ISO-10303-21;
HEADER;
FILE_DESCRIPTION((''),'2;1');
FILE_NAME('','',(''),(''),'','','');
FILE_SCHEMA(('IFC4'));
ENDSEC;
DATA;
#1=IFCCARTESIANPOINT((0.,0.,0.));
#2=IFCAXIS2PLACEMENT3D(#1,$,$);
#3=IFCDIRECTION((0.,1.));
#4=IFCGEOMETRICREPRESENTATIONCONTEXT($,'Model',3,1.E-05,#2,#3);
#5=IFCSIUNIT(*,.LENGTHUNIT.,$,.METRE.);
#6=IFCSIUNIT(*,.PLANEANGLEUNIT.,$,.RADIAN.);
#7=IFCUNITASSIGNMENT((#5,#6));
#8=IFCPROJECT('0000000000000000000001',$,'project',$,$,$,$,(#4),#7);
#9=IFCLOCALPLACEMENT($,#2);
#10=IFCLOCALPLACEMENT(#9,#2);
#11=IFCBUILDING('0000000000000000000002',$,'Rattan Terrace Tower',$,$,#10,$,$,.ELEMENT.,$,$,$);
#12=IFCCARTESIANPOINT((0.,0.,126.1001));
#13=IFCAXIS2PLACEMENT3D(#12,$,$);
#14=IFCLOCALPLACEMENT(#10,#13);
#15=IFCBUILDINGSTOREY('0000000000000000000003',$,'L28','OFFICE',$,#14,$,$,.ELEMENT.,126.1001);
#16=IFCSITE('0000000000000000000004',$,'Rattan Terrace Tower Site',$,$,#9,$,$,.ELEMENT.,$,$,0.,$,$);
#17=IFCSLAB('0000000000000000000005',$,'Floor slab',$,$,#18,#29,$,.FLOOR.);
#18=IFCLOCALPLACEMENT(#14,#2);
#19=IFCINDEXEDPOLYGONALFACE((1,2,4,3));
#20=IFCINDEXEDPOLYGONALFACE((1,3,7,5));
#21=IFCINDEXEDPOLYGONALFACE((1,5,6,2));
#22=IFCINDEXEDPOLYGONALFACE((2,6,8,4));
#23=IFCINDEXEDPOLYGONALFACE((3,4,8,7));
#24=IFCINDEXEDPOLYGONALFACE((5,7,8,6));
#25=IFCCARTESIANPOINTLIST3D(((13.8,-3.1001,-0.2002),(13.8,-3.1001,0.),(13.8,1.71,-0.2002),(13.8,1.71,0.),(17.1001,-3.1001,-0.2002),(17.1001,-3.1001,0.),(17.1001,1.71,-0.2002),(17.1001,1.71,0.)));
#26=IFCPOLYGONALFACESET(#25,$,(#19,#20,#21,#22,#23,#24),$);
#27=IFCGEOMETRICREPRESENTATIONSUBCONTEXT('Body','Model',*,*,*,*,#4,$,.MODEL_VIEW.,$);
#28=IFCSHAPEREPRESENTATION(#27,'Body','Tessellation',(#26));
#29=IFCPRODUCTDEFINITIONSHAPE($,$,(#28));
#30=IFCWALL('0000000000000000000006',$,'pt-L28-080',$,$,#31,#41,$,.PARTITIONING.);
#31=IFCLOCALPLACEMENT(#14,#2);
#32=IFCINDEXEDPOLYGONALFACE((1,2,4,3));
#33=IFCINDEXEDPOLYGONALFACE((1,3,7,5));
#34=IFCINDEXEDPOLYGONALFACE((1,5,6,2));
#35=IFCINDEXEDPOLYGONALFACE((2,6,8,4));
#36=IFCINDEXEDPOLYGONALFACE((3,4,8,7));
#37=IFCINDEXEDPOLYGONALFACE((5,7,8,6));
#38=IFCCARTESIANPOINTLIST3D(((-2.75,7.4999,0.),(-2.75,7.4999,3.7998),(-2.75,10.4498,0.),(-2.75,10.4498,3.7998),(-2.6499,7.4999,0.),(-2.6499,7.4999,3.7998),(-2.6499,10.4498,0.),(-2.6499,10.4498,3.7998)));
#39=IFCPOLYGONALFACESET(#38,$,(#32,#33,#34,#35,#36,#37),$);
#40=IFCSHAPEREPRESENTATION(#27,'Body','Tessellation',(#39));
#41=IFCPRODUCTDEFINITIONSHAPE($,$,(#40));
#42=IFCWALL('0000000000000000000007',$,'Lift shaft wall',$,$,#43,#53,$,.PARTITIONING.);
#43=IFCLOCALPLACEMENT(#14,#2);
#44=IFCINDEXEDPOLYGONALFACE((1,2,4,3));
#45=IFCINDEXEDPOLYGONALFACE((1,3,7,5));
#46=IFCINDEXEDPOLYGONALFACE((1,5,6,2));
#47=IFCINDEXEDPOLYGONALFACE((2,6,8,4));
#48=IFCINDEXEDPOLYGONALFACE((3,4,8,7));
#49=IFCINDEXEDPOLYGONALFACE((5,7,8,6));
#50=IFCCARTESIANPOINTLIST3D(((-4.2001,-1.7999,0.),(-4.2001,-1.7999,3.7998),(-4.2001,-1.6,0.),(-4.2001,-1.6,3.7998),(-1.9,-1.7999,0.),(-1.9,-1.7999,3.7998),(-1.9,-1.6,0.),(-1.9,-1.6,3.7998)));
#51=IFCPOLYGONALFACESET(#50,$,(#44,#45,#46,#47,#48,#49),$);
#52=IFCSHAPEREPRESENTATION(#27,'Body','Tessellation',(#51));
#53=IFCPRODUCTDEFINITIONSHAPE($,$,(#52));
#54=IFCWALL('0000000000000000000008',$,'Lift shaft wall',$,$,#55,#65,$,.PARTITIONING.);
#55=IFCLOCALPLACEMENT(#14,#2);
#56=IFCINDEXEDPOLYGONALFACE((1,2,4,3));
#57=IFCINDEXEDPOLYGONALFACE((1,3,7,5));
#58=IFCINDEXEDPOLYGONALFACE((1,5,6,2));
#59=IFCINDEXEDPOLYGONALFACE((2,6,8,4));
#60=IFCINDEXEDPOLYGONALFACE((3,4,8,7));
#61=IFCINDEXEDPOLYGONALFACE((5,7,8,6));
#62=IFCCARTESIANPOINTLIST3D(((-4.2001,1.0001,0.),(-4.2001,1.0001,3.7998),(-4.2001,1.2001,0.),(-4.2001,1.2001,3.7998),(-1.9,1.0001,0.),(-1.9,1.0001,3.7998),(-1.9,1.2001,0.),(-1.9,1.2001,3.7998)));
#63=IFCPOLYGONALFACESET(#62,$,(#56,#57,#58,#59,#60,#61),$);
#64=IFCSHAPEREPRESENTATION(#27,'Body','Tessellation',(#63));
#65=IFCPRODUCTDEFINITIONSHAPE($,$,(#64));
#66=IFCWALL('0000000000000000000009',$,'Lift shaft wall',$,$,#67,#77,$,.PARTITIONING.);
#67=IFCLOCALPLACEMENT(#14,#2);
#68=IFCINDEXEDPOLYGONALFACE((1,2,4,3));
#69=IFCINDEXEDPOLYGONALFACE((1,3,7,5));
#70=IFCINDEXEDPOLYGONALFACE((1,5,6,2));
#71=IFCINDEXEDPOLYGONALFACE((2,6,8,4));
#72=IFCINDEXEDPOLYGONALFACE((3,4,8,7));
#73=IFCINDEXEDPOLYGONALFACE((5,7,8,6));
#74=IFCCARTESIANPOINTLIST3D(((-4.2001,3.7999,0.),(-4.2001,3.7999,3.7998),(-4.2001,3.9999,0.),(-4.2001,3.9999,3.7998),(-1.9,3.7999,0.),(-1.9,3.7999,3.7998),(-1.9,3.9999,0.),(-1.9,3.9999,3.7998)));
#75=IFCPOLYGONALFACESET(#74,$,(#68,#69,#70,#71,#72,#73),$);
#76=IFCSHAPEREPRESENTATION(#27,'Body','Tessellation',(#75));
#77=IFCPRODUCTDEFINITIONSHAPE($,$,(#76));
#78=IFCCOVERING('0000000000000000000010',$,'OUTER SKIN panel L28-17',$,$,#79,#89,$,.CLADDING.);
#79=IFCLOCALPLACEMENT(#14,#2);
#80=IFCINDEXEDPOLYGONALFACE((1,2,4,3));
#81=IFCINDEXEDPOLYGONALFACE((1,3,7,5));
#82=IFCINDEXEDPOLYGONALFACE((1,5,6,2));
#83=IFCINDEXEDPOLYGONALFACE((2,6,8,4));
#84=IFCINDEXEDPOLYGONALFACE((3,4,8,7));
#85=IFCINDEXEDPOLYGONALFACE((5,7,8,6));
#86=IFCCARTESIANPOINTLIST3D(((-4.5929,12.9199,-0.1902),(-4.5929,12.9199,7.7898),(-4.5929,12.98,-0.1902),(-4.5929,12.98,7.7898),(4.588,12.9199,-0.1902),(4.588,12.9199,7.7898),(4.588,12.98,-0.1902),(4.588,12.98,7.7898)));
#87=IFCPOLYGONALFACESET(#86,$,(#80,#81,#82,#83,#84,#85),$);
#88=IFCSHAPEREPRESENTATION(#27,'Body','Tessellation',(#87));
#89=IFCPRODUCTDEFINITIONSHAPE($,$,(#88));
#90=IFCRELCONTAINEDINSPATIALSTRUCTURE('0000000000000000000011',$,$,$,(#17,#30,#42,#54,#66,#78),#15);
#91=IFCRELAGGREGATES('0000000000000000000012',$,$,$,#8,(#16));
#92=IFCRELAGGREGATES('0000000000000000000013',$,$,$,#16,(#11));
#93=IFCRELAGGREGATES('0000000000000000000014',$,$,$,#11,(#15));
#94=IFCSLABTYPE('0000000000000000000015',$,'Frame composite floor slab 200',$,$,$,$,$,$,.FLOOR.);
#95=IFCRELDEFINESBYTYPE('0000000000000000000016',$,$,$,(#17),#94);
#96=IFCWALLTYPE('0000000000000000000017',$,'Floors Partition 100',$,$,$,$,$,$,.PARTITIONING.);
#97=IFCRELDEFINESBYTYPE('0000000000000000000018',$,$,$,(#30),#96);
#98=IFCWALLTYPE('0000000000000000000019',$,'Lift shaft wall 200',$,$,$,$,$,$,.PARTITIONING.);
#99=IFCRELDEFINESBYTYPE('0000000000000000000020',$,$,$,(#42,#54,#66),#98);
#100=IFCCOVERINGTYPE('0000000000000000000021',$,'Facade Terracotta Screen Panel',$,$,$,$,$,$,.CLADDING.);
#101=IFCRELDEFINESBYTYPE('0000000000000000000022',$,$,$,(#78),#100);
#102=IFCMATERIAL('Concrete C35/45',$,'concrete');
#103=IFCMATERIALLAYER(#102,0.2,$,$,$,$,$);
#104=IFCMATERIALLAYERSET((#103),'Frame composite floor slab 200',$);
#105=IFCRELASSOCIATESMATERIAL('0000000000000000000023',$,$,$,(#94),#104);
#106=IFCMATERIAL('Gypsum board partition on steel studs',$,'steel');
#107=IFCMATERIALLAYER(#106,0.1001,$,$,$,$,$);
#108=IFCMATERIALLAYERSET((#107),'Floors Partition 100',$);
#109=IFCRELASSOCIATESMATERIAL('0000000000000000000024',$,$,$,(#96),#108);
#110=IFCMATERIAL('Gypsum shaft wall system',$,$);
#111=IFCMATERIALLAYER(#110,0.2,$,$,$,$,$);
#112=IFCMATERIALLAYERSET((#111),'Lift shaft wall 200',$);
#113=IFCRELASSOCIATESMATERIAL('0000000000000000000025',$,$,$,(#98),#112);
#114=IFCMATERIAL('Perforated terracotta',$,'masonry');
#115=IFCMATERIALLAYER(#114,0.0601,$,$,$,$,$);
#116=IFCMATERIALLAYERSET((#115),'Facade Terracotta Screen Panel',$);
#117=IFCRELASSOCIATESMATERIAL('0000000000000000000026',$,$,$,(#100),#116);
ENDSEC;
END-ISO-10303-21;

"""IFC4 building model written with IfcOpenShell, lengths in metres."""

from ifc_helpers import new_model, si_unit, direction, frame, frame_2d, origin, origin_2d, place, context, subcontext, project, spatial, polyline, rectangle, outline, extrude, material, layer, layer_set, type_object, element, save


model = new_model("IFC4")

# Units and contexts
model_context = context("Model", 3, precision=1e-05, world=origin(), true_north=direction((0.0, 1.0)))
body_context = subcontext(model_context, "Body", "Model", "MODEL_VIEW")
ifc_project = project(units=[si_unit("LENGTHUNIT", "METRE"), si_unit("PLANEANGLEUNIT", "RADIAN")], contexts=[model_context])

# Site, building, storey
site_placement = place(None, origin())
site = spatial("IfcSite", under=ifc_project, at=site_placement, Name="Rattan Terrace Tower Site", CompositionType="ELEMENT", RefElevation=0.0)
building_placement = place(site_placement, origin())
building = spatial("IfcBuilding", under=site, at=building_placement, Name="Rattan Terrace Tower", CompositionType="ELEMENT")
storey_placement = place(building_placement, frame((0.0, 0.0, 126.1001)))
storey = spatial("IfcBuildingStorey", under=building, at=storey_placement, Name="L28", Description="OFFICE", CompositionType="ELEMENT", Elevation=126.1001)

# Slab
ifc_material_1 = material(Name="Concrete C35/45", Category="concrete")
ifc_layer_1 = layer(ifc_material_1, 0.2)
ifc_layer_set_1 = layer_set([ifc_layer_1], Name="Frame composite floor slab 200")
slab_type_1 = type_object("IfcSlabType", Name="Frame composite floor slab 200", PredefinedType="FLOOR", material=ifc_layer_set_1)
slab_1_placement = place(storey_placement, frame((0.0, 0.0, -0.2002)))
element("IfcSlab", 1, at=slab_1_placement, inside=storey, type_object=slab_type_1, Name="Floor slab", PredefinedType="FLOOR", context=body_context, shape_type="SweptSolid", body=[
    extrude(outline(polyline([(13.8, -3.1001), (17.1001, -3.1001), (17.1001, 1.71), (13.8, 1.71), (13.8, -3.1001)])), origin(), (0.0, 0.0, 1.0), 0.2002),
])

# Walls
ifc_material_2 = material(Name="Gypsum board partition on steel studs", Category="steel")
ifc_layer_2 = layer(ifc_material_2, 0.1001)
ifc_layer_set_2 = layer_set([ifc_layer_2], Name="Floors Partition 100")
wall_type_1 = type_object("IfcWallType", Name="Floors Partition 100", PredefinedType="PARTITIONING", material=ifc_layer_set_2)
wall_placement = place(storey_placement, frame((-2.7, 10.45, 0.0), z_axis=(0.0, 0.0, 1.0), x_axis=(0.0, -1.0, 0.0)))
element("IfcWall", 2, at=wall_placement, inside=storey, type_object=wall_type_1, Name="pt-L28-080", PredefinedType="PARTITIONING", context=body_context, shape_type="SweptSolid", body=[
    extrude(rectangle(XDim=2.95, YDim=0.1001, at=frame_2d((1.4751, 0.0))), origin(), (0.0, 0.0, 1.0), 3.7998),
])
ifc_material_3 = material(Name="Gypsum shaft wall system")
ifc_layer_3 = layer(ifc_material_3, 0.2)
ifc_layer_set_3 = layer_set([ifc_layer_3], Name="Lift shaft wall 200")
wall_type_2 = type_object("IfcWallType", Name="Lift shaft wall 200", PredefinedType="PARTITIONING", material=ifc_layer_set_3)
for number, where, z_axis, x_axis, name in (
    (3, (-4.2, -1.7, 0.0), (0.0, 0.0, 1.0), (1.0, 0.0, 0.0), "Lift shaft wall"),
    (4, (-4.2, 1.1001, 0.0), (0.0, 0.0, 1.0), (1.0, 0.0, 0.0), "Lift shaft wall"),
    (5, (-4.2, 3.8999, 0.0), (0.0, 0.0, 1.0), (1.0, 0.0, 0.0), "Lift shaft wall"),
):
    element("IfcWall", number, at=place(storey_placement, frame(where, z_axis=z_axis, x_axis=x_axis)), inside=storey, type_object=wall_type_2, Name=name, PredefinedType="PARTITIONING", context=body_context, shape_type="SweptSolid", body=[
        extrude(rectangle(XDim=2.3, YDim=0.2, at=frame_2d((1.1499, 0.0))), origin(), (0.0, 0.0, 1.0), 3.7998),
    ])

# Covering
ifc_material_4 = material(Name="Perforated terracotta", Category="masonry")
ifc_layer_4 = layer(ifc_material_4, 0.0601)
ifc_layer_set_4 = layer_set([ifc_layer_4], Name="Facade Terracotta Screen Panel")
covering_type = type_object("IfcCoveringType", Name="Facade Terracotta Screen Panel", PredefinedType="CLADDING", material=ifc_layer_set_4)
covering_placement = place(storey_placement, frame((-0.0024, 12.95, -0.1902), z_axis=(0.0, 0.0, 1.0), x_axis=(-1.0, 0.0, 0.0)))
element("IfcCovering", 6, at=covering_placement, inside=storey, type_object=covering_type, Name="OUTER SKIN panel L28-17", PredefinedType="CLADDING", context=body_context, shape_type="SweptSolid", body=[
    extrude(rectangle(XDim=9.1809, YDim=0.0601, at=origin_2d()), origin(), (0.0, 0.0, 1.0), 7.98),
])

save(model, "model.ifc")
